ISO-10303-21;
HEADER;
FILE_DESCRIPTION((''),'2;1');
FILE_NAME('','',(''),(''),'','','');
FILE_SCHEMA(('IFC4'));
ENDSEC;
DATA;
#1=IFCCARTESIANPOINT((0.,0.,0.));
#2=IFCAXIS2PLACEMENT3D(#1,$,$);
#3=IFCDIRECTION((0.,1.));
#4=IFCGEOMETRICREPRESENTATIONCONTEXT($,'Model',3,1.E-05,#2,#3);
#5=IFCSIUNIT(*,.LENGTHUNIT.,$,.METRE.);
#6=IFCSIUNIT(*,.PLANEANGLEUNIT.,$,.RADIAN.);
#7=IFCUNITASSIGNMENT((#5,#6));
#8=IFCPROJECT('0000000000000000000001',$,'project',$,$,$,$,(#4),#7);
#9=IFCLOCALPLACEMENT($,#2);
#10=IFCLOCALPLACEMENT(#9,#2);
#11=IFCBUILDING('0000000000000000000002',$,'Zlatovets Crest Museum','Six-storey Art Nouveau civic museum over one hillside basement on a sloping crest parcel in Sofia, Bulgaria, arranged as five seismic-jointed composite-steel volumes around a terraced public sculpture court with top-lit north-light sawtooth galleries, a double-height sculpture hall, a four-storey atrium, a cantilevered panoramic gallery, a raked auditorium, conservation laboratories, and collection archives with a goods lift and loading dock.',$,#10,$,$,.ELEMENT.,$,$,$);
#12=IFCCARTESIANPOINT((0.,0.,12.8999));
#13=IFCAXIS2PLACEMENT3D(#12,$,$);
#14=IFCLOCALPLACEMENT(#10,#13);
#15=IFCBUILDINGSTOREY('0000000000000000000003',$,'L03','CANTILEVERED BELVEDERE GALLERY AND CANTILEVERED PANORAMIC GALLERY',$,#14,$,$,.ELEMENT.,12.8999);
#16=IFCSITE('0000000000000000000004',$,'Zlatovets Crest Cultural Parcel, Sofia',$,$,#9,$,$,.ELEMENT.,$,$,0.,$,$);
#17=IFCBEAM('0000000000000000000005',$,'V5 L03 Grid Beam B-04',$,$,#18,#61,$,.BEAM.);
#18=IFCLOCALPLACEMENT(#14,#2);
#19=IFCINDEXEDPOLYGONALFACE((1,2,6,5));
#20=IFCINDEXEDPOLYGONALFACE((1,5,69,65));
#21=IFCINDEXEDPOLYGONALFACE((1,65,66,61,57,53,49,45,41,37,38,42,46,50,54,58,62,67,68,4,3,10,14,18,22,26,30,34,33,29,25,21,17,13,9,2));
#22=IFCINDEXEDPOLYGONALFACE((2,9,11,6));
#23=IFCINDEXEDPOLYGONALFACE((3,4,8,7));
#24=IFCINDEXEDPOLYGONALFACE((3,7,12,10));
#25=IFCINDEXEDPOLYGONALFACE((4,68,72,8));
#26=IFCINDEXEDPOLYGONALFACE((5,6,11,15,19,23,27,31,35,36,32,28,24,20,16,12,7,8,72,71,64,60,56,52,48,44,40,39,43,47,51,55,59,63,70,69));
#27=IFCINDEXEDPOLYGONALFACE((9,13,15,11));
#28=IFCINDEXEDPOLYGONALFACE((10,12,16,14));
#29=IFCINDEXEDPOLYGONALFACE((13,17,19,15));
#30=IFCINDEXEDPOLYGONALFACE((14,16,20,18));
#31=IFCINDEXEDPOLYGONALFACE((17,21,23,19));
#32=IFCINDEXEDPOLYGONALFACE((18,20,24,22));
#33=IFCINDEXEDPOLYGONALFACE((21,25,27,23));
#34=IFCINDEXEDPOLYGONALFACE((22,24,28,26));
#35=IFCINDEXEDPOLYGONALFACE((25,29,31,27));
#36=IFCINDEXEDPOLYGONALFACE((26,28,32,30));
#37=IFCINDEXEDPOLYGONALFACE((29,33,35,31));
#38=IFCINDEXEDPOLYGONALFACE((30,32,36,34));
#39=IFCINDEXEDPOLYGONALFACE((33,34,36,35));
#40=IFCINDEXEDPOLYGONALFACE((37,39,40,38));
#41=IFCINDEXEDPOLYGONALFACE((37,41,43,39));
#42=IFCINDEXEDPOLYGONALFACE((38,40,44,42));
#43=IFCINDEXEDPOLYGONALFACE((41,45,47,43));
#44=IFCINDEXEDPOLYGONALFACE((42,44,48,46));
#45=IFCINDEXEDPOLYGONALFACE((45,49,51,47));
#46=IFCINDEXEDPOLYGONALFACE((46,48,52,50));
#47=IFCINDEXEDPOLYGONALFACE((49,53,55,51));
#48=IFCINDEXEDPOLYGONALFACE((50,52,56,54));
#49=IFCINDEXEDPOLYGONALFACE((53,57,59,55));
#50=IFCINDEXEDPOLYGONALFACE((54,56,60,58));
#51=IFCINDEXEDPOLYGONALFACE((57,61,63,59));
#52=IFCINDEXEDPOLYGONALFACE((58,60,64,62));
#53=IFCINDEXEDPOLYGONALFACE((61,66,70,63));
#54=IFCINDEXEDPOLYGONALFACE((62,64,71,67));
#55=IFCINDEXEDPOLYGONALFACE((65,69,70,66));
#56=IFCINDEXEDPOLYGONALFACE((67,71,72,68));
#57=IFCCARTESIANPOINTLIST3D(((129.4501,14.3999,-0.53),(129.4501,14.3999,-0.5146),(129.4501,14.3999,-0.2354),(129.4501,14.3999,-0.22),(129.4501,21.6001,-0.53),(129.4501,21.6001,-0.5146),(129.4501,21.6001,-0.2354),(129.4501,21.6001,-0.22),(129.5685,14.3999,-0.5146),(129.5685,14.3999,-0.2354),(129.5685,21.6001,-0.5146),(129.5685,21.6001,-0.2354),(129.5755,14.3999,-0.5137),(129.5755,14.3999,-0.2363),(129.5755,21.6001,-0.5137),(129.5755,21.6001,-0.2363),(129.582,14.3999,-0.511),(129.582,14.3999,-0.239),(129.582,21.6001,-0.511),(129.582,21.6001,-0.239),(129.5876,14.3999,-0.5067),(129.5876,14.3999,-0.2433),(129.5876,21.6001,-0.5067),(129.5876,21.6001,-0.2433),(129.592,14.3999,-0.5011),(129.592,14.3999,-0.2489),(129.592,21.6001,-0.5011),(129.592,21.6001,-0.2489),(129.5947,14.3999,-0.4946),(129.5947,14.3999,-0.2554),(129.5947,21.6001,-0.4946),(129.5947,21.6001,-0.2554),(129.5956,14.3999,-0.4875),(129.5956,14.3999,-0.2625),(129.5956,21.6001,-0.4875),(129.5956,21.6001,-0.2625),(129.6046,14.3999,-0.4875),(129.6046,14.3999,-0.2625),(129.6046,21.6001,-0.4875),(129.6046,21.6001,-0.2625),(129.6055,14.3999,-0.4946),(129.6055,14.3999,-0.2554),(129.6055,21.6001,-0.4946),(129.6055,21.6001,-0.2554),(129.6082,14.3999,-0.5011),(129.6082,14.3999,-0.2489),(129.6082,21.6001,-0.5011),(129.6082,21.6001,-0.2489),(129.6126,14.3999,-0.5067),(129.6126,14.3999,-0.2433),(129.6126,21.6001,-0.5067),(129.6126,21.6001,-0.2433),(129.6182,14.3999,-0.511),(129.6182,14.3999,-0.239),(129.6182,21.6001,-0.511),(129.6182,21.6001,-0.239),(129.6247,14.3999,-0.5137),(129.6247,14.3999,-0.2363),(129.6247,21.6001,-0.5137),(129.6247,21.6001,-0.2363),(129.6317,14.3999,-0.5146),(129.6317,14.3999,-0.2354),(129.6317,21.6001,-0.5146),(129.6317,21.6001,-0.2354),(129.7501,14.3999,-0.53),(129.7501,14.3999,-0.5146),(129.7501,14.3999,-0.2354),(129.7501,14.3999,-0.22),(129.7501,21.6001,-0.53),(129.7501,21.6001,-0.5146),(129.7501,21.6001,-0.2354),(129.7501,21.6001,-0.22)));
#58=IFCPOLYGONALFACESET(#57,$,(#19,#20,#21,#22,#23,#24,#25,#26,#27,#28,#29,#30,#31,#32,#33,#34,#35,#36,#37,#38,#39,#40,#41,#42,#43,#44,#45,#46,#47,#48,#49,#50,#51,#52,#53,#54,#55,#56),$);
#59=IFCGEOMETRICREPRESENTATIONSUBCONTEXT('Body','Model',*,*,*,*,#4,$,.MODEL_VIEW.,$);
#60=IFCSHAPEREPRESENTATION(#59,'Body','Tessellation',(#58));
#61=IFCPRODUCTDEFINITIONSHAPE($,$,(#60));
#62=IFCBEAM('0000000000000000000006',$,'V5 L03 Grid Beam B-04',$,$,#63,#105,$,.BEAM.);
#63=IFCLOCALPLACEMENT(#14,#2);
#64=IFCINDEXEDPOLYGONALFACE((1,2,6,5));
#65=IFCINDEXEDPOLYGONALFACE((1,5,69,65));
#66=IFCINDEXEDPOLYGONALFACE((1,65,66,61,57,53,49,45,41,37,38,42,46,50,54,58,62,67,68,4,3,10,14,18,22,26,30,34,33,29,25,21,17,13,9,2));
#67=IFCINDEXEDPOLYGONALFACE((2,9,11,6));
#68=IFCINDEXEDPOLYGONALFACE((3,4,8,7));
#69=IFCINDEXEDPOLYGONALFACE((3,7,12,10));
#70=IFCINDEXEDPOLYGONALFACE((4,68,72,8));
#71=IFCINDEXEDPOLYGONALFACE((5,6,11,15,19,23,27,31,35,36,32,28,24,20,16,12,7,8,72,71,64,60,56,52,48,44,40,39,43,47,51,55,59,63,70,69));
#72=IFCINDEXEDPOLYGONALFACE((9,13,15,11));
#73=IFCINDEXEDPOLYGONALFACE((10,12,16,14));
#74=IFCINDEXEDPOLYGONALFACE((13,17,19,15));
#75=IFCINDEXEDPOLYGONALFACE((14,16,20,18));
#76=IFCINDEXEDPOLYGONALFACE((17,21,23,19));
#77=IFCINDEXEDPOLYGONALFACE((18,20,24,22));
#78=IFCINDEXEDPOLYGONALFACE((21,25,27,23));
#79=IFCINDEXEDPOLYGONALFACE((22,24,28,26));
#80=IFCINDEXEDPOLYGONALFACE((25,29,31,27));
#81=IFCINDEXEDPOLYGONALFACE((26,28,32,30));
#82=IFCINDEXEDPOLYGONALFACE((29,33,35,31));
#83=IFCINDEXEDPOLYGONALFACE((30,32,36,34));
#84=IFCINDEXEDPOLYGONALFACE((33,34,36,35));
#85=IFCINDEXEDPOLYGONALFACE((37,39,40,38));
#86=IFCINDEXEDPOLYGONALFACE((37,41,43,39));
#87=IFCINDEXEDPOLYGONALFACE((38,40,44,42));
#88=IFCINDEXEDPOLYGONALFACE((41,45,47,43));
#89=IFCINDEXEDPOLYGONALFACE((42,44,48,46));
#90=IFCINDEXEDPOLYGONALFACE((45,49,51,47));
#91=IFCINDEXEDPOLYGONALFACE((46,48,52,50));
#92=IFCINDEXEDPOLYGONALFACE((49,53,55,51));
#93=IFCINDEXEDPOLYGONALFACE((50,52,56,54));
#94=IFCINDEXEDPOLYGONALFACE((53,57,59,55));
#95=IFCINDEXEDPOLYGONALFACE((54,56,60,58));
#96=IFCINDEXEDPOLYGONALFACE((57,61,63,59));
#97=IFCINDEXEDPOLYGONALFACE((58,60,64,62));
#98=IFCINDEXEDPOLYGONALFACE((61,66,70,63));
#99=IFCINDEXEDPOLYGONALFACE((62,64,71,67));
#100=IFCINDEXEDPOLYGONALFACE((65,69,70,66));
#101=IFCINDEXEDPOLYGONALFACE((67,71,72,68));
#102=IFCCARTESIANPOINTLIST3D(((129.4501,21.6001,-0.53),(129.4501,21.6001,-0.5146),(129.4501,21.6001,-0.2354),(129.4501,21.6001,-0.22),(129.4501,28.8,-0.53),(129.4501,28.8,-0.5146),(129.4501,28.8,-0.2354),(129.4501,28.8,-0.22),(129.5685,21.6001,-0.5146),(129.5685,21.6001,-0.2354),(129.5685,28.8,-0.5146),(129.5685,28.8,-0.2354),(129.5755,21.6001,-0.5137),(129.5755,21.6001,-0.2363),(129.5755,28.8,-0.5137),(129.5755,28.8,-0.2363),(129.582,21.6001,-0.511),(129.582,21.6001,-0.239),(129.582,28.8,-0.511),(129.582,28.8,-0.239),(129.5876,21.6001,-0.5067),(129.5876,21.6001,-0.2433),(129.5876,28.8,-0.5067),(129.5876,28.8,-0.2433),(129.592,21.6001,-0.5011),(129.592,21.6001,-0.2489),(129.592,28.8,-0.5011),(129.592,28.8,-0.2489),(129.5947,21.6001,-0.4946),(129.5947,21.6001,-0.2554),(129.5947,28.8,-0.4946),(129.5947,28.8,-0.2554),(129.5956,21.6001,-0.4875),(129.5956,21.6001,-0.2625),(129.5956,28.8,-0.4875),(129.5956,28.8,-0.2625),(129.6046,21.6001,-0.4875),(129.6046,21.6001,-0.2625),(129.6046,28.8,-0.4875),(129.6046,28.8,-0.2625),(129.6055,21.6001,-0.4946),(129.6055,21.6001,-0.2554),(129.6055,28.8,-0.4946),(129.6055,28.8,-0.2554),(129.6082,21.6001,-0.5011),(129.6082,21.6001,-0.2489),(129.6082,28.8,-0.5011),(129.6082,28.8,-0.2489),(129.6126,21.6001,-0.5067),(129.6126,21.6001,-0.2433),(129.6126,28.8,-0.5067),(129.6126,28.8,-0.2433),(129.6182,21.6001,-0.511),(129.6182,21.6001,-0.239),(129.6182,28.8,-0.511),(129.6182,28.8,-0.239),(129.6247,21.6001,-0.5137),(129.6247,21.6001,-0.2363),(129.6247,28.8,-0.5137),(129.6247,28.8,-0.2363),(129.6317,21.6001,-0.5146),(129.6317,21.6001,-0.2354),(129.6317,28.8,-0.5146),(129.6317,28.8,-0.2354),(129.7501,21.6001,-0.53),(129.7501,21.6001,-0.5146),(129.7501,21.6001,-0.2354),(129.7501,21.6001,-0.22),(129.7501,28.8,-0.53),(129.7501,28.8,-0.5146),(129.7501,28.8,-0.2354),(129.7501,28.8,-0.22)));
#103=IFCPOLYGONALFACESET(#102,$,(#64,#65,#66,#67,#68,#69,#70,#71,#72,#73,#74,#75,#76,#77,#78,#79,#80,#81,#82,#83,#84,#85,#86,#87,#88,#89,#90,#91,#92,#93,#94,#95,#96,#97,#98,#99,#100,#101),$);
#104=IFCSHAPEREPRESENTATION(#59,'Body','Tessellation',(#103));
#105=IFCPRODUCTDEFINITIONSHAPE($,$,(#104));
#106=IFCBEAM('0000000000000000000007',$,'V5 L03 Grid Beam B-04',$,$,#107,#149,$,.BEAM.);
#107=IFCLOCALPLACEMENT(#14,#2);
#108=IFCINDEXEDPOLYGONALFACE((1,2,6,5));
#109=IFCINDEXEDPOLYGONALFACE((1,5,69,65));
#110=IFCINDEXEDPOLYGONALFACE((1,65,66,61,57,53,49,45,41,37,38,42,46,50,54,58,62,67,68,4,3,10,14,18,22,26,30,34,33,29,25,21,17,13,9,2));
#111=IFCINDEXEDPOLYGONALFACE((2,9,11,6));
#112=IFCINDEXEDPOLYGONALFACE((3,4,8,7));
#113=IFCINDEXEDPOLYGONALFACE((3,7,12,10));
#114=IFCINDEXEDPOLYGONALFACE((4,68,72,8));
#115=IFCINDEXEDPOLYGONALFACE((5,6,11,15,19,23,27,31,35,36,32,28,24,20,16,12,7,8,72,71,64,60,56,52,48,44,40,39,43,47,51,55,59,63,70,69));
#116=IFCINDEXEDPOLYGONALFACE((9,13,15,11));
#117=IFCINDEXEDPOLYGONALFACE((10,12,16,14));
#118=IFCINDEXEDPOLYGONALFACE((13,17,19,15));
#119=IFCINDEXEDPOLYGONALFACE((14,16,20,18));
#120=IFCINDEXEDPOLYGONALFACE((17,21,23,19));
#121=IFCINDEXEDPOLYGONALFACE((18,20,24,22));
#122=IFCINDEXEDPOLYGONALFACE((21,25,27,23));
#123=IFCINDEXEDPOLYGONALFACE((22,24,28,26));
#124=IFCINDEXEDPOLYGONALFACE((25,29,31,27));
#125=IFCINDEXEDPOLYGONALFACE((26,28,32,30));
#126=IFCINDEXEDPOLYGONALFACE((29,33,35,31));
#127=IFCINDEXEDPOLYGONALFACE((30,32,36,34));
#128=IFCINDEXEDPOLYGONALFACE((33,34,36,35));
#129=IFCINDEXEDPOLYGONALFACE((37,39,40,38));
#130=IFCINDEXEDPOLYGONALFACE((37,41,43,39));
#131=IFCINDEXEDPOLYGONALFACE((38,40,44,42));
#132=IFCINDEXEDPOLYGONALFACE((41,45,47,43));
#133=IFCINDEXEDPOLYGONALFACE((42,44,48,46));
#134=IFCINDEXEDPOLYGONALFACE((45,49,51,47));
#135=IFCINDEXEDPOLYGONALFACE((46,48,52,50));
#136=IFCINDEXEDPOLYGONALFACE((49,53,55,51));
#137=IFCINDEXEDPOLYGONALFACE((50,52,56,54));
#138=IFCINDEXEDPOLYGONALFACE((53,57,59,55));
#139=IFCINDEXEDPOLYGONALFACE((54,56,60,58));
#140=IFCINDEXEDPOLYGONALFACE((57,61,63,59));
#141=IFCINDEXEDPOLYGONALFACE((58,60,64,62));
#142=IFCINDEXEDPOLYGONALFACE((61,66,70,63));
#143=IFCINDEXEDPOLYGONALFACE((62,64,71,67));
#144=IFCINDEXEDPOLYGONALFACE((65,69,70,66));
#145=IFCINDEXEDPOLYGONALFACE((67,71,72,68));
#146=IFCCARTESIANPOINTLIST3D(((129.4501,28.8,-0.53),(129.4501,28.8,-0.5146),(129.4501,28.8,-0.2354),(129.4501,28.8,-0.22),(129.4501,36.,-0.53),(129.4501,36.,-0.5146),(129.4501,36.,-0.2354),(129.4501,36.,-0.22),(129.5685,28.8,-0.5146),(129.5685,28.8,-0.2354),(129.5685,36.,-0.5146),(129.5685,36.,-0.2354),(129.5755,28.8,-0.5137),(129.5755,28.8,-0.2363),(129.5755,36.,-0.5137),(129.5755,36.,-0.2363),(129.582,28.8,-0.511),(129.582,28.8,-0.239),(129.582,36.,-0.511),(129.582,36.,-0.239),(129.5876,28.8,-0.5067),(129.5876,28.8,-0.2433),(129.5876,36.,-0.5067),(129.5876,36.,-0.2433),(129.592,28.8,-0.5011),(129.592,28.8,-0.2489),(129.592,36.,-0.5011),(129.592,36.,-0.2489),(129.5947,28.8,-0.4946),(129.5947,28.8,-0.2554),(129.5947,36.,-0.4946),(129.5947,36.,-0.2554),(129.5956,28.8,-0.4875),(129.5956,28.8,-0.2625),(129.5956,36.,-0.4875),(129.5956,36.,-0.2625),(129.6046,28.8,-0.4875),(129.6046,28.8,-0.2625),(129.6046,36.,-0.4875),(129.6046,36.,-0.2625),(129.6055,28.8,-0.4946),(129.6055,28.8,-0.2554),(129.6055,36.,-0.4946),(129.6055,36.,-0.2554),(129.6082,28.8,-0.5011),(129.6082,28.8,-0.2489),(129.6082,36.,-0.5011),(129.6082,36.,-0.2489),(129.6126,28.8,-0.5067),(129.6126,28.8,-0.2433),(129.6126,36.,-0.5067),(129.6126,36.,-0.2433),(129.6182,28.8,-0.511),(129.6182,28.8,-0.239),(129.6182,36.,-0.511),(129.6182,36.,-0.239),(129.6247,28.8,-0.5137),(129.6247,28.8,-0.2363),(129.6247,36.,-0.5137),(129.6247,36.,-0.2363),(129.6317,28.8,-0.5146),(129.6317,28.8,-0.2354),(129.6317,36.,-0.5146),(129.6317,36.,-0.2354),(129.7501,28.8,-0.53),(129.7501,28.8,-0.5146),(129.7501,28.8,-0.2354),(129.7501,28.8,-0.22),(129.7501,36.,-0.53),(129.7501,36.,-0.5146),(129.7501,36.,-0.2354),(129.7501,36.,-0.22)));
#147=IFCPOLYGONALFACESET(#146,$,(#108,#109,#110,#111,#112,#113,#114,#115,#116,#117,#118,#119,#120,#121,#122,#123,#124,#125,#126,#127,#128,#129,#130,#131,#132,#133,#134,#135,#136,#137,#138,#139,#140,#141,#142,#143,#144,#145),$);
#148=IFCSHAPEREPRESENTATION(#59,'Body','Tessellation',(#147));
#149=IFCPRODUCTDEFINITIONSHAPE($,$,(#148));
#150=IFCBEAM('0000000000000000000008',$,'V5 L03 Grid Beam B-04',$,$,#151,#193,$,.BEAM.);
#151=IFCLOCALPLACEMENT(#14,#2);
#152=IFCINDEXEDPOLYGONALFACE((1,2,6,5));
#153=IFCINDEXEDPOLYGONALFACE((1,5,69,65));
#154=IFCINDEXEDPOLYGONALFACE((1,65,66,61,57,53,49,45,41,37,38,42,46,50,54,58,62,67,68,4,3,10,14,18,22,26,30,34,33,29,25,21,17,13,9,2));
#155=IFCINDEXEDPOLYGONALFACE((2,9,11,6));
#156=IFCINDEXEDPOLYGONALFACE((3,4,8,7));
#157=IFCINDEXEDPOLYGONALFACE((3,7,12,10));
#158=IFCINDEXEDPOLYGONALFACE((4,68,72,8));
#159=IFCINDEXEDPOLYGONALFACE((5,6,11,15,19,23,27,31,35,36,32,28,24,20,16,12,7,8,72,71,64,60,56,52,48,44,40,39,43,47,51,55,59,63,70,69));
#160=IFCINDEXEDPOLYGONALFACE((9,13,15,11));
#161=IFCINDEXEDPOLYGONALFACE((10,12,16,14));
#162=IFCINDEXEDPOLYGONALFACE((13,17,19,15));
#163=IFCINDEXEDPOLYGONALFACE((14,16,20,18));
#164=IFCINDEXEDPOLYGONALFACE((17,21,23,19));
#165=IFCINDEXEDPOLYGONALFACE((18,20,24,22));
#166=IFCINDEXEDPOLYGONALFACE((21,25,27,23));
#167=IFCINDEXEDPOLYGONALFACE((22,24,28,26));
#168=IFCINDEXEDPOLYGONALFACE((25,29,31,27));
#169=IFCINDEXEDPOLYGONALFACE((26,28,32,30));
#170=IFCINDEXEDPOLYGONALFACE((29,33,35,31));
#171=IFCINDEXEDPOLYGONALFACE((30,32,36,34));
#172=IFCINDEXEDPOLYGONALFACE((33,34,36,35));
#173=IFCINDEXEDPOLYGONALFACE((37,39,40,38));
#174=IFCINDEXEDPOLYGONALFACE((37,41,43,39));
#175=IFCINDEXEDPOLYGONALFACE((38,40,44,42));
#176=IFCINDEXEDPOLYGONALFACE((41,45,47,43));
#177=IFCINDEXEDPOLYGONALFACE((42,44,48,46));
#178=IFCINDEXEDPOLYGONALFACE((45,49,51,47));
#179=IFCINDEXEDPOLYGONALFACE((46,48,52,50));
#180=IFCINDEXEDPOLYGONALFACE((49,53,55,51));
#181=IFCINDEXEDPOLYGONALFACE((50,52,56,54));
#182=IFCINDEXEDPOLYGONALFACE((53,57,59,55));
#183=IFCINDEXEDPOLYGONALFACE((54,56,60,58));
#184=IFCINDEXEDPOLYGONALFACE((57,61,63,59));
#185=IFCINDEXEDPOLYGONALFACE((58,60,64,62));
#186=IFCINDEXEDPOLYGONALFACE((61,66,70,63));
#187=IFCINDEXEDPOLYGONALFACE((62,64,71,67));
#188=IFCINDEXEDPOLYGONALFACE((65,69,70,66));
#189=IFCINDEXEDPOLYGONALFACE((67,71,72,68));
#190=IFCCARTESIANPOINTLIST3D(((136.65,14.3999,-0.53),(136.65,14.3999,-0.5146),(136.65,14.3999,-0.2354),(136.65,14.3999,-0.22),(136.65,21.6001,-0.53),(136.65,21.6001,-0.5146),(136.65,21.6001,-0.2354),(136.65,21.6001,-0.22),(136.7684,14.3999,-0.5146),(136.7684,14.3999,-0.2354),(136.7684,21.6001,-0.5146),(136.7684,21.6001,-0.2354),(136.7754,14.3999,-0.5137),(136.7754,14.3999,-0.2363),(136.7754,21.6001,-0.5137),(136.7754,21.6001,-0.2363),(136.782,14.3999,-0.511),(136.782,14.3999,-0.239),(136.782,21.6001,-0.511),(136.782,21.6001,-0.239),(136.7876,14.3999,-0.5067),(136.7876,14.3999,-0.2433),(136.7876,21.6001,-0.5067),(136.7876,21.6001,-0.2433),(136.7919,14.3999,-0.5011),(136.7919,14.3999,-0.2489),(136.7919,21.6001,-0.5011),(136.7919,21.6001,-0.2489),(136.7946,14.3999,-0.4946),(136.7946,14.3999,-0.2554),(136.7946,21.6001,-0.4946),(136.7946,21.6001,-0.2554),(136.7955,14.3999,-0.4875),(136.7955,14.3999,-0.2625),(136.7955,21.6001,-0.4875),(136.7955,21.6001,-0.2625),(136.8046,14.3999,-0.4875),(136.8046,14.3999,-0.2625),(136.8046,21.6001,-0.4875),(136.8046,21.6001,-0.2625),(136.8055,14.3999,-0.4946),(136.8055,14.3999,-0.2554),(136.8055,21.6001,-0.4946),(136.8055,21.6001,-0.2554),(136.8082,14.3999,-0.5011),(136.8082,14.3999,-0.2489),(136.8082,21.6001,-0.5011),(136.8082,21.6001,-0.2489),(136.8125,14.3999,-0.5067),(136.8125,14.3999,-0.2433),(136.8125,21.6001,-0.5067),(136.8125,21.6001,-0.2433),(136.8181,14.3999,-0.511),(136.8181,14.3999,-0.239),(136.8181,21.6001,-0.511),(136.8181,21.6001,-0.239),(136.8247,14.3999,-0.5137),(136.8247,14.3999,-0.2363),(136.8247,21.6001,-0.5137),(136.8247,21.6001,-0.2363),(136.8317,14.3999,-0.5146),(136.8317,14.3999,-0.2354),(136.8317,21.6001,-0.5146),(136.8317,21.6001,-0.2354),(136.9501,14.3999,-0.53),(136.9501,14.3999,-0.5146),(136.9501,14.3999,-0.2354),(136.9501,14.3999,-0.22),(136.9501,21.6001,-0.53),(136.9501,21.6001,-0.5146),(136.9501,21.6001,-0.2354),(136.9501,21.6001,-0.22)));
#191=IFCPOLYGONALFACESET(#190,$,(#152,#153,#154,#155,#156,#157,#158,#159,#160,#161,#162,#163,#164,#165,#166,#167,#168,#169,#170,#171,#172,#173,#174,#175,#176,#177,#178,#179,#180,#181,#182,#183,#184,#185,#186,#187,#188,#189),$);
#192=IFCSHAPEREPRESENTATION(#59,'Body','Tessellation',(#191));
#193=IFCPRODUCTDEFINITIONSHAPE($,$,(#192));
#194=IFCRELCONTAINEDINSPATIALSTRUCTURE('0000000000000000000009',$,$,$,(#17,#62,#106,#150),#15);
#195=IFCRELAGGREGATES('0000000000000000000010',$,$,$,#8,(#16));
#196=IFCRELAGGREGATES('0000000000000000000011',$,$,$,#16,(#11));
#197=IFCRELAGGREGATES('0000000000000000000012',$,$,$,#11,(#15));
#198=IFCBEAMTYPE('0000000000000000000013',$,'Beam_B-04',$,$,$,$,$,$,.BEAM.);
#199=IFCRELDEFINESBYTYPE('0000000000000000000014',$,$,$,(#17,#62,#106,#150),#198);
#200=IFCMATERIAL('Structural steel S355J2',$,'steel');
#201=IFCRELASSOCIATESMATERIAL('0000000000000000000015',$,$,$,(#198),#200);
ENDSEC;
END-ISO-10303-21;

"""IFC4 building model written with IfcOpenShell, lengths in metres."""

from ifc_helpers import new_model, si_unit, direction, frame, origin, origin_2d, place, context, subcontext, project, spatial, i_section, extrude, material, material_profile, profile_set, type_object, element, save


model = new_model("IFC4")

# Units and contexts
model_context = context("Model", 3, precision=1e-05, world=origin(), true_north=direction((0.0, 1.0)))
body_context = subcontext(model_context, "Body", "Model", "MODEL_VIEW")
ifc_project = project(units=[si_unit("LENGTHUNIT", "METRE"), si_unit("PLANEANGLEUNIT", "RADIAN")], contexts=[model_context])

# Site, building, storey
site_placement = place(None, origin())
site = spatial("IfcSite", under=ifc_project, at=site_placement, Name="Zlatovets Crest Cultural Parcel, Sofia", CompositionType="ELEMENT", RefElevation=0.0)
building_placement = place(site_placement, origin())
building = spatial("IfcBuilding", under=site, at=building_placement, Name="Zlatovets Crest Museum", Description="Six-storey Art Nouveau civic museum over one hillside basement on a sloping crest parcel in Sofia, Bulgaria, arranged as five seismic-jointed composite-steel volumes around a terraced public sculpture court with top-lit north-light sawtooth galleries, a double-height sculpture hall, a four-storey atrium, a cantilevered panoramic gallery, a raked auditorium, conservation laboratories, and collection archives with a goods lift and loading dock.", CompositionType="ELEMENT")
storey_placement = place(building_placement, frame((0.0, 0.0, 12.8999)))
storey = spatial("IfcBuildingStorey", under=building, at=storey_placement, Name="L03", Description="CANTILEVERED BELVEDERE GALLERY AND CANTILEVERED PANORAMIC GALLERY", CompositionType="ELEMENT", Elevation=12.8999)

# Beams
ifc_material_1 = material(Name="Structural steel S355J2", Category="steel")
ifc_material_profile_1 = material_profile(ifc_material_1, i_section(OverallWidth=0.3, OverallDepth=0.3101, WebThickness=0.009, FlangeThickness=0.0154, FilletRadius=0.0271, at=origin_2d()), Name="HEA 320")
ifc_profile_set_1 = profile_set([ifc_material_profile_1], Name="Structural steel S355J2")
beam_type_1 = type_object("IfcBeamType", Name="Beam_B-04", PredefinedType="BEAM", material=ifc_profile_set_1)
beam_1_placement = place(storey_placement, frame((129.6001, 14.3999, -0.375), z_axis=(0.0, 1.0, 0.0), x_axis=(-1.0, 0.0, 0.0)))
element("IfcBeam", 1, at=beam_1_placement, inside=storey, type_object=beam_type_1, Name="V5 L03 Grid Beam B-04", PredefinedType="BEAM", context=body_context, shape_type="SweptSolid", body=[
    extrude(i_section(OverallWidth=0.3, OverallDepth=0.3101, WebThickness=0.009, FlangeThickness=0.0154, FilletRadius=0.0271, at=origin_2d()), origin(), (0.0, 0.0, 1.0), 7.2002),
])
for number, where, z_axis, x_axis, name in (
    (2, (129.6001, 21.6001, -0.375), (0.0, 1.0, 0.0), (-1.0, 0.0, 0.0), "V5 L03 Grid Beam B-04"),
    (3, (129.6001, 28.8, -0.375), (0.0, 1.0, 0.0), (-1.0, 0.0, 0.0), "V5 L03 Grid Beam B-04"),
):
    element("IfcBeam", number, at=place(storey_placement, frame(where, z_axis=z_axis, x_axis=x_axis)), inside=storey, type_object=beam_type_1, Name=name, PredefinedType="BEAM", context=body_context, shape_type="SweptSolid", body=[
        extrude(i_section(OverallWidth=0.3, OverallDepth=0.3101, WebThickness=0.009, FlangeThickness=0.0154, FilletRadius=0.0271, at=origin_2d()), origin(), (0.0, 0.0, 1.0), 7.2),
    ])
beam_2_placement = place(storey_placement, frame((136.8, 14.3999, -0.375), z_axis=(0.0, 1.0, 0.0), x_axis=(-1.0, 0.0, 0.0)))
element("IfcBeam", 4, at=beam_2_placement, inside=storey, type_object=beam_type_1, Name="V5 L03 Grid Beam B-04", PredefinedType="BEAM", context=body_context, shape_type="SweptSolid", body=[
    extrude(i_section(OverallWidth=0.3, OverallDepth=0.3101, WebThickness=0.009, FlangeThickness=0.0154, FilletRadius=0.0271, at=origin_2d()), origin(), (0.0, 0.0, 1.0), 7.2002),
])

save(model, "model.ifc")
